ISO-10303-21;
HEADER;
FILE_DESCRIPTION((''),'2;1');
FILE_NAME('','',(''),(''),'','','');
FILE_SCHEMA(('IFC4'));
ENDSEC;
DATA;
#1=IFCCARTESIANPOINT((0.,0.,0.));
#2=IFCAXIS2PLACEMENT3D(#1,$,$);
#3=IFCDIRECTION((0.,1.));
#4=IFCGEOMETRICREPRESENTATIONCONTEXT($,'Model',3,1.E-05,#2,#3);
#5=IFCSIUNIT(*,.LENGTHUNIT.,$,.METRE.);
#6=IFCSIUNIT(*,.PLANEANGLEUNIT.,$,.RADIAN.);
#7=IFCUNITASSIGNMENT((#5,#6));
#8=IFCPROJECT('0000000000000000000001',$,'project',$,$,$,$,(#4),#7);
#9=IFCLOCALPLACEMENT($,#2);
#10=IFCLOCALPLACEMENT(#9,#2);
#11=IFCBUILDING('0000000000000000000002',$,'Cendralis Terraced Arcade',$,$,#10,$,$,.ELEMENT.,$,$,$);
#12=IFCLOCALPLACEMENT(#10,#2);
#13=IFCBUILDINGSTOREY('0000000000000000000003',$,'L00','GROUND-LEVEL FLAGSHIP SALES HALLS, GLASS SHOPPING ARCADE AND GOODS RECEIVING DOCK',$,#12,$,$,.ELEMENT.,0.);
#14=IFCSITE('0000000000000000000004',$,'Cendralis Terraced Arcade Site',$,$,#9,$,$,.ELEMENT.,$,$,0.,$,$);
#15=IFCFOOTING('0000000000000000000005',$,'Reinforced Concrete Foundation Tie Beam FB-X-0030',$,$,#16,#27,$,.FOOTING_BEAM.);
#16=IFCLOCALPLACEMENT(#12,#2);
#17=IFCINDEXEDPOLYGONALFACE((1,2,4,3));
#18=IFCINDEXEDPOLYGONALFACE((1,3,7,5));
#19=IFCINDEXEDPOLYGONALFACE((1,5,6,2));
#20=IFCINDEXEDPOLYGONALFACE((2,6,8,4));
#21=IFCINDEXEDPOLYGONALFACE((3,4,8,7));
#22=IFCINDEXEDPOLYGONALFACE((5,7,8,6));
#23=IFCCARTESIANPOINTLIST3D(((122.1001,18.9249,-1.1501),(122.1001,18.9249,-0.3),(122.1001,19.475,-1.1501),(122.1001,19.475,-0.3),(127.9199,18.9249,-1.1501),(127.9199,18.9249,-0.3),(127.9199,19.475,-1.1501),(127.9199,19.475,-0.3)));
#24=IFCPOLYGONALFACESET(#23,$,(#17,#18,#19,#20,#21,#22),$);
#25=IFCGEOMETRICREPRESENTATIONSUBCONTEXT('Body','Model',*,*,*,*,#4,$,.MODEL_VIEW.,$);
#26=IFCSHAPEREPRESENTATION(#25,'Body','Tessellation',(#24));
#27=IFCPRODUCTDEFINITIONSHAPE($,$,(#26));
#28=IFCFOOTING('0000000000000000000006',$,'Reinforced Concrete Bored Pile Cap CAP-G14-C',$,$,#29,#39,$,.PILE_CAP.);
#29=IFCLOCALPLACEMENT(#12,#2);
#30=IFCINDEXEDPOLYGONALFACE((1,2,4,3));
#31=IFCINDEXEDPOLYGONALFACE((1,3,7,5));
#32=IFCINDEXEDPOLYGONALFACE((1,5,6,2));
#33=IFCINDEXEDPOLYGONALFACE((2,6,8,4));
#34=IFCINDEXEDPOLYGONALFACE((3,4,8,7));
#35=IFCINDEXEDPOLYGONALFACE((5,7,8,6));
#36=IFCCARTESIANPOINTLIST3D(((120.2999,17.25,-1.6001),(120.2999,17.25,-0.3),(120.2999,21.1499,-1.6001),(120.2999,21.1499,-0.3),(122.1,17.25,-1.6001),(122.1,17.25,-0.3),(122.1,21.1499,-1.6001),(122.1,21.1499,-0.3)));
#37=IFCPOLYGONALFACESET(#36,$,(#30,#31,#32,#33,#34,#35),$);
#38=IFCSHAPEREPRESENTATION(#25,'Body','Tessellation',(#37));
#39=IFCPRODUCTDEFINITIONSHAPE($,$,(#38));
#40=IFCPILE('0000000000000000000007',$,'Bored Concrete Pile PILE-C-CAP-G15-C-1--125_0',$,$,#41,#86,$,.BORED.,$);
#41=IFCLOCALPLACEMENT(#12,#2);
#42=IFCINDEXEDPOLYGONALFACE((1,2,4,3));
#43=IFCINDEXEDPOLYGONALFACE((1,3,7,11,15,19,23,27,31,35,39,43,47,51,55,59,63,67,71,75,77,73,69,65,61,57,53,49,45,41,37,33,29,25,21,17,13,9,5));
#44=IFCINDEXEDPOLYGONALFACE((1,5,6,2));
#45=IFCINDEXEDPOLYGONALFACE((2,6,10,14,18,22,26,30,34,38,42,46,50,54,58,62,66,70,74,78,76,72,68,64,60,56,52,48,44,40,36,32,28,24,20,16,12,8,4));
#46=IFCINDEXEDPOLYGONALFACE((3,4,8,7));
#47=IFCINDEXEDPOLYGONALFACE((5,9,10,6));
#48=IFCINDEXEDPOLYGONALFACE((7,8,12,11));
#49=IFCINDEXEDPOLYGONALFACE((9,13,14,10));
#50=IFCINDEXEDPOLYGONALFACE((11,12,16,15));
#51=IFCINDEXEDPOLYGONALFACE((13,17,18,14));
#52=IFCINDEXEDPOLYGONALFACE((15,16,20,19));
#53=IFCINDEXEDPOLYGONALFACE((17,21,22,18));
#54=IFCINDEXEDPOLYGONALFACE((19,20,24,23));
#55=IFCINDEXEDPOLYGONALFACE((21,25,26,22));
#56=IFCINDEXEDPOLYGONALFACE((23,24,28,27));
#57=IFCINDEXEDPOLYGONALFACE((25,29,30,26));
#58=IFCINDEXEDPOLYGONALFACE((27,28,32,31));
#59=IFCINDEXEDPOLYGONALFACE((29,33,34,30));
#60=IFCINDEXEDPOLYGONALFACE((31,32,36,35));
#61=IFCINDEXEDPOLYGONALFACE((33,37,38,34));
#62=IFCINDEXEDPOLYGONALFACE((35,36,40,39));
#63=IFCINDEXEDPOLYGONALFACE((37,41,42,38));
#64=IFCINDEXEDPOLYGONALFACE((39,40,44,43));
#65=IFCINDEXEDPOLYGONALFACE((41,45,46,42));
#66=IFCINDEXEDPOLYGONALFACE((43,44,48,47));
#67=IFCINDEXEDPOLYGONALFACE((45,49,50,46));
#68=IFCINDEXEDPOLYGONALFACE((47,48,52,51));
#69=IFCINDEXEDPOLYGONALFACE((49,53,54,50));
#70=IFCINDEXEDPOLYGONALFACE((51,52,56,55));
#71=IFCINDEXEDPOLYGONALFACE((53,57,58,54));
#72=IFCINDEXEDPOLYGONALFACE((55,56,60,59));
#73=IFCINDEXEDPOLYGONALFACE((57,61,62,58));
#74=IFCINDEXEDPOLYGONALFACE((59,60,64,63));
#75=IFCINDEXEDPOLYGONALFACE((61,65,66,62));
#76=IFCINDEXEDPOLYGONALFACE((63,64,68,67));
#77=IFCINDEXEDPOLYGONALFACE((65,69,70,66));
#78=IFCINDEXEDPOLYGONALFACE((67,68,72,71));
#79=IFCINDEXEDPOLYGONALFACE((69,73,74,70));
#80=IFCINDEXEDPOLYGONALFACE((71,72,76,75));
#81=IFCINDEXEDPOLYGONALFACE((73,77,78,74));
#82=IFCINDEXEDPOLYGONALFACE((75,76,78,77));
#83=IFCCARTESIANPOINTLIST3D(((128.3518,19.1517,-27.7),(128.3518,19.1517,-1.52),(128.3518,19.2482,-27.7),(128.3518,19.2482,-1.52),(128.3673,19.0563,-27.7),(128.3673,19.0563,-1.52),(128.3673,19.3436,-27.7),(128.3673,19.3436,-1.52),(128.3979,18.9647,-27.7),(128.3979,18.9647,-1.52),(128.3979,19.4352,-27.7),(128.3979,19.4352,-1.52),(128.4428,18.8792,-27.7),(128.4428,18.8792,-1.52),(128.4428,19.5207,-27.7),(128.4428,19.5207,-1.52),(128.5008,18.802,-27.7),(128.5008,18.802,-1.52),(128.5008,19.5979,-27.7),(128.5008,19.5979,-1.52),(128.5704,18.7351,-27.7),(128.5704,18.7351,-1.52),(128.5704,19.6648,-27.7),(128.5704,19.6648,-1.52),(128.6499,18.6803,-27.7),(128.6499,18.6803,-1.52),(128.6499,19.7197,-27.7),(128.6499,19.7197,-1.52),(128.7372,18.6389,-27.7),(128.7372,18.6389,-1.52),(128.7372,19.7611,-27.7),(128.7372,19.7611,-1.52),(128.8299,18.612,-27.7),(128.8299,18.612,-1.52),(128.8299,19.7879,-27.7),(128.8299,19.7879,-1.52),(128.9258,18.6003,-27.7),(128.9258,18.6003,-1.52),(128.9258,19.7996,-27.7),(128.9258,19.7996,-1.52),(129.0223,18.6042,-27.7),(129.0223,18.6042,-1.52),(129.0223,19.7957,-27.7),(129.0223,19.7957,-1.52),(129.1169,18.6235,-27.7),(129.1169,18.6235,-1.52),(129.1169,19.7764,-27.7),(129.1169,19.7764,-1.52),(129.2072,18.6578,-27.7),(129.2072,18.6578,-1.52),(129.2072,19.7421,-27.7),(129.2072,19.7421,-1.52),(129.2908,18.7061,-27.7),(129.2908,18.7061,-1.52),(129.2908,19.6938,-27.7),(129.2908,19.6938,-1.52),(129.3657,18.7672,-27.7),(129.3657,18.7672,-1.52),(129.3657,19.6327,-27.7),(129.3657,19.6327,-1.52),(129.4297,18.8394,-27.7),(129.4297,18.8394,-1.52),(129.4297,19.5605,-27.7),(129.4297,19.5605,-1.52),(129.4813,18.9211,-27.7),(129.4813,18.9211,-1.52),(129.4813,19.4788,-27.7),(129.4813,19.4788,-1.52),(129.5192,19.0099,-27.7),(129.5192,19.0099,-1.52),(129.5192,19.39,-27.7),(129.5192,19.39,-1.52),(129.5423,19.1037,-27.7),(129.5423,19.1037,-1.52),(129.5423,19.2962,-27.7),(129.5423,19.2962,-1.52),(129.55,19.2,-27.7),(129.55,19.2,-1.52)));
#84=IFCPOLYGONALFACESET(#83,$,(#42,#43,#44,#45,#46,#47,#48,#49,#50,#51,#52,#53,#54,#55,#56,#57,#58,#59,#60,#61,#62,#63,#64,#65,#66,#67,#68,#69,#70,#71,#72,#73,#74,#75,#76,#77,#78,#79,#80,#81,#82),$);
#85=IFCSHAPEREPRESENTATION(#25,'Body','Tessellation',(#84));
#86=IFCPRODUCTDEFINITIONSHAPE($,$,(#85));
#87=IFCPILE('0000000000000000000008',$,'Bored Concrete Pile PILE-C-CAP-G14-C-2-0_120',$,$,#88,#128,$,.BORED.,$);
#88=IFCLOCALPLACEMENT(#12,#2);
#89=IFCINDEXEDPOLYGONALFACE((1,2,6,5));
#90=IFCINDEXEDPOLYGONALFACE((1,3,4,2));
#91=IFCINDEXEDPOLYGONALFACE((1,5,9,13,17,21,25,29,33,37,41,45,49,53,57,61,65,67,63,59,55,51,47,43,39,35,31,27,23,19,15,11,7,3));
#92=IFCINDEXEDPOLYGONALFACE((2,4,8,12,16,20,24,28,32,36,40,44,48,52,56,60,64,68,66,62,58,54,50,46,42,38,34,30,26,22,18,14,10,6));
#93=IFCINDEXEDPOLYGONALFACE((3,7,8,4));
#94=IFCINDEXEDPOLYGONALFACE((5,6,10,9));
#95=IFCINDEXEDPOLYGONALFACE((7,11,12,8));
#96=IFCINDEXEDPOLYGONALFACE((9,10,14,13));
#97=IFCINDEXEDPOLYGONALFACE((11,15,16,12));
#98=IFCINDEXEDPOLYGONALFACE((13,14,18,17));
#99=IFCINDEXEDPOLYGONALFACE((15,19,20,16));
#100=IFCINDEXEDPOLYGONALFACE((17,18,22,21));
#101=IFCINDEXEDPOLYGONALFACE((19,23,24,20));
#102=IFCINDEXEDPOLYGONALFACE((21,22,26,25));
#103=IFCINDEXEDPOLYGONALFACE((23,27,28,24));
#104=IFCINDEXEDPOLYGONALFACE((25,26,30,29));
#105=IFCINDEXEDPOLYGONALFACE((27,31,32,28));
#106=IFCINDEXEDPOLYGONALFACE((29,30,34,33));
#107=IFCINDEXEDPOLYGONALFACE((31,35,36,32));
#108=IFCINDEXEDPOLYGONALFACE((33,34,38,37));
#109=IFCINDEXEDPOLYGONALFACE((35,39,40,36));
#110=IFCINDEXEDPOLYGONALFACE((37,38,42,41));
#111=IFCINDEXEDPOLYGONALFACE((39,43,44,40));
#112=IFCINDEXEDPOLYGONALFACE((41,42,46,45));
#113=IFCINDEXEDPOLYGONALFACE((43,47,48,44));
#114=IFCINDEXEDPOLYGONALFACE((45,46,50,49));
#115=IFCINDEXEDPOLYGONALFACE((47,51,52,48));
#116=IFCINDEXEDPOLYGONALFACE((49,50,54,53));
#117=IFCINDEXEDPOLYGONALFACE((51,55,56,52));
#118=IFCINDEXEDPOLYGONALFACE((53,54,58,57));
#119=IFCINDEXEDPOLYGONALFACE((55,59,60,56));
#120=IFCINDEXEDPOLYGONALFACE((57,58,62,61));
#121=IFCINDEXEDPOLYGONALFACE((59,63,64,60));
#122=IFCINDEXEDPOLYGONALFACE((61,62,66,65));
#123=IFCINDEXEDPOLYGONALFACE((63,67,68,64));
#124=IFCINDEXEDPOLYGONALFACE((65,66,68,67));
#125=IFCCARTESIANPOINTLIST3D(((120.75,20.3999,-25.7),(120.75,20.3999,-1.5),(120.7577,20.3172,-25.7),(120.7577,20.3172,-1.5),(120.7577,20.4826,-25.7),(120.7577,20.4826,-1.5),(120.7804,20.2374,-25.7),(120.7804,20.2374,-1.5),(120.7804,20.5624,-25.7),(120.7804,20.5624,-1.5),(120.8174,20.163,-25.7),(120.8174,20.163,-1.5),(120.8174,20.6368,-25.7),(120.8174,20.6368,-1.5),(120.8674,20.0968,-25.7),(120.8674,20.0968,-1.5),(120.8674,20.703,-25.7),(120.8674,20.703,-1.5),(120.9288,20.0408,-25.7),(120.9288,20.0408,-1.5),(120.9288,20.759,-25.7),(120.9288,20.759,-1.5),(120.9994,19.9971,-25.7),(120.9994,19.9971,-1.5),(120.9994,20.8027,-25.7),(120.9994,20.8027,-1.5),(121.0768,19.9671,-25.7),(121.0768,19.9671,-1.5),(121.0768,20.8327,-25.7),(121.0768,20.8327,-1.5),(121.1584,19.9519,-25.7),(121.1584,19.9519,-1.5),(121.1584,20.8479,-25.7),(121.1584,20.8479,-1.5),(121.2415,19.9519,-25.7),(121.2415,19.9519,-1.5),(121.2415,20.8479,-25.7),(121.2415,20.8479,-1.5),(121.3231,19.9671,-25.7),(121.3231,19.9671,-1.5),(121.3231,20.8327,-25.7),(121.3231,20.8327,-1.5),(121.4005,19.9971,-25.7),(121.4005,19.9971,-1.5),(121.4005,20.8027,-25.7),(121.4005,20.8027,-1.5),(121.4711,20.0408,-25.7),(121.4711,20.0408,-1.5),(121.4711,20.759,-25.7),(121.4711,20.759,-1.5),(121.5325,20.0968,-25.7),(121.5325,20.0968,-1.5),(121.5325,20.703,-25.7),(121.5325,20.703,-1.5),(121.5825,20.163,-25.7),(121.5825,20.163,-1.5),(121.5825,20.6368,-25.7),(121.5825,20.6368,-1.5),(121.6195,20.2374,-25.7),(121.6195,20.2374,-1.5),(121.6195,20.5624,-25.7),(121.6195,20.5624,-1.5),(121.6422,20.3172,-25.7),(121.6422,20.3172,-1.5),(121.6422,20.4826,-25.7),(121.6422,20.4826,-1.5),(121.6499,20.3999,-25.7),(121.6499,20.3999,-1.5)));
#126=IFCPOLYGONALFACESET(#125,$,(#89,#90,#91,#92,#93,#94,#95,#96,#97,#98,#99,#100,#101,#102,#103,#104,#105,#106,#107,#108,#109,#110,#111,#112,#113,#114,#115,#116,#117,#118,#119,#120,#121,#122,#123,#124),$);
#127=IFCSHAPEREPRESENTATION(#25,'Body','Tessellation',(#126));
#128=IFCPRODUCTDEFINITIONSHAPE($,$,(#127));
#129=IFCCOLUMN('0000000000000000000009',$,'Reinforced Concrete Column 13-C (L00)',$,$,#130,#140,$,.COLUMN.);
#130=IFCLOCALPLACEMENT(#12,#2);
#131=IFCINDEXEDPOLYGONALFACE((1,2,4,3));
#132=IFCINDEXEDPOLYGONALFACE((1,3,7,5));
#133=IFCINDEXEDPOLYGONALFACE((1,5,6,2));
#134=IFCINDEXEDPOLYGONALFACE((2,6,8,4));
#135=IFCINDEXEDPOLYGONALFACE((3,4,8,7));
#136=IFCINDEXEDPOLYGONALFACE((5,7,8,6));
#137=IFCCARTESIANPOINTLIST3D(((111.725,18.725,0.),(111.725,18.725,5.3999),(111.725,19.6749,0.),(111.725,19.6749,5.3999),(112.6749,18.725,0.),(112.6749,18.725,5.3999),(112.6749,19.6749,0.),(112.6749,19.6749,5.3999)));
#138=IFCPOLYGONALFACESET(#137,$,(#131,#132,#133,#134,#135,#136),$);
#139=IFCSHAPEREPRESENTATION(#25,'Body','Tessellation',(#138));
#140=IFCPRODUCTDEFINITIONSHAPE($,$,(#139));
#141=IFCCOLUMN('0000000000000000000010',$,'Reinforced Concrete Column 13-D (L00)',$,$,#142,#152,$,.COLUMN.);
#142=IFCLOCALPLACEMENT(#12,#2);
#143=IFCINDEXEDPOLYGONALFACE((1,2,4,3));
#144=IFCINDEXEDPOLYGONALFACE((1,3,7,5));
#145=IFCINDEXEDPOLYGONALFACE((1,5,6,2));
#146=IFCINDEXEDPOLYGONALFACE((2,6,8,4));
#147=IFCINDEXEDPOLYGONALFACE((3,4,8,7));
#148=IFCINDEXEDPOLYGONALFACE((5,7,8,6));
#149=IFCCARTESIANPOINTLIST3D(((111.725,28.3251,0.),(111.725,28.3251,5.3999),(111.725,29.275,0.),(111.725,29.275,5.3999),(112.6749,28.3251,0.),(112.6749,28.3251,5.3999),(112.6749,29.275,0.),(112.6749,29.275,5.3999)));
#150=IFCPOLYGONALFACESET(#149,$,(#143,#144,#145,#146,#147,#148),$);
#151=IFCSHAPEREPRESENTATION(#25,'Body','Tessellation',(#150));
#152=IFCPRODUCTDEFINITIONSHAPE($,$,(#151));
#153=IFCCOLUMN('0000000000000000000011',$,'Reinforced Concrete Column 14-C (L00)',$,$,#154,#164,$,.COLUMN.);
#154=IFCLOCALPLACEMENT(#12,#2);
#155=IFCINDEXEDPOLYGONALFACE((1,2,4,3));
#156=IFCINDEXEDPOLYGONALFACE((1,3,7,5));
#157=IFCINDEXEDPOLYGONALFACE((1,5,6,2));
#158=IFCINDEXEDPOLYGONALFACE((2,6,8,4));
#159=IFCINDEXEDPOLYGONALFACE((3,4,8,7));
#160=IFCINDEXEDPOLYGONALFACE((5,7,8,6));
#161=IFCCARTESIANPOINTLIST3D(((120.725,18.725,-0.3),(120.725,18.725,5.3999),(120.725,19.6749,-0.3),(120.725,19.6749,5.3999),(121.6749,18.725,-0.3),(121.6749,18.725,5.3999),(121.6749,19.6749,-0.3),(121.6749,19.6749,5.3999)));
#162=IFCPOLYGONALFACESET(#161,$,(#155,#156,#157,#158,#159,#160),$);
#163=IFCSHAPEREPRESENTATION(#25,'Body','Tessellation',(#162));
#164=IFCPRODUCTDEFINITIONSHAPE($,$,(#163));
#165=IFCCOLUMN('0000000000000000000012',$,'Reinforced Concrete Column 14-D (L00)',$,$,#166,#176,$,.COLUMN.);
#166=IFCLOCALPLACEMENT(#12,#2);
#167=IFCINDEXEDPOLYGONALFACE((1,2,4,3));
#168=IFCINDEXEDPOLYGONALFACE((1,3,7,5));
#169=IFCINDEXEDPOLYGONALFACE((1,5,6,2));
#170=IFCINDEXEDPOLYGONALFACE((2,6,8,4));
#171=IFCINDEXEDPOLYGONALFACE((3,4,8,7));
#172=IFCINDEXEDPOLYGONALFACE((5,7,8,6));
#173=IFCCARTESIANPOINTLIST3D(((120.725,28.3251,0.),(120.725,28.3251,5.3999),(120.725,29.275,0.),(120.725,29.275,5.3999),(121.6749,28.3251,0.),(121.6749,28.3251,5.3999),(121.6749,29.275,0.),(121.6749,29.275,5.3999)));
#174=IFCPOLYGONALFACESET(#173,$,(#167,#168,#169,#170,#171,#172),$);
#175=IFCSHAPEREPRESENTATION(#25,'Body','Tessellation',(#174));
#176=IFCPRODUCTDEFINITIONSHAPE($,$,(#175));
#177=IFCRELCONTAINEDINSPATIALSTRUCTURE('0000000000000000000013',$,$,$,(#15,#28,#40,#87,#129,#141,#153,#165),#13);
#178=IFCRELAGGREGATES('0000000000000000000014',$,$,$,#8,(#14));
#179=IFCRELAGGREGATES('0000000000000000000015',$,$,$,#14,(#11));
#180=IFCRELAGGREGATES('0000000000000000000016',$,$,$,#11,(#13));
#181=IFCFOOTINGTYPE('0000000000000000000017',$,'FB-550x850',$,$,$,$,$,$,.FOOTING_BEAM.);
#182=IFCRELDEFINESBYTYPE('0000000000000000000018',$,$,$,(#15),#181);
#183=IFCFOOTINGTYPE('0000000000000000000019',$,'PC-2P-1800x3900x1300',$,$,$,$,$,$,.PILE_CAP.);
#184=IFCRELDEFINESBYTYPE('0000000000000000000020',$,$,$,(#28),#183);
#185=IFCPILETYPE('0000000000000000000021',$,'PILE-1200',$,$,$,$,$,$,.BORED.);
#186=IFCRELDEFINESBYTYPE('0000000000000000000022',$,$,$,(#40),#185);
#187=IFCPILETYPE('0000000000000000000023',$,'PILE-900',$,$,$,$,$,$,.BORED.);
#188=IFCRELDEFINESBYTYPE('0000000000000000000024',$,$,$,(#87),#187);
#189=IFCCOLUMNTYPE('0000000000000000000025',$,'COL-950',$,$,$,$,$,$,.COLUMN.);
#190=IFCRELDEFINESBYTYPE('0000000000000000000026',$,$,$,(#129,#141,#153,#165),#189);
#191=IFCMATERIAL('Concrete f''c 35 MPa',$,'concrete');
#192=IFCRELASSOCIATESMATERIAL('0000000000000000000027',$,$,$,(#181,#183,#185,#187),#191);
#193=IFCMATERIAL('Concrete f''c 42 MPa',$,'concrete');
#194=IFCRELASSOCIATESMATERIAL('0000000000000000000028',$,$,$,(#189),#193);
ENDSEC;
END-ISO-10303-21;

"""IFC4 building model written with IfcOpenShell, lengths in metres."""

from ifc_helpers import new_model, si_unit, direction, frame, origin, origin_2d, place, context, subcontext, project, spatial, rectangle, circle, extrude, material, material_profile, profile_set, type_object, element, save


model = new_model("IFC4")

# Units and contexts
model_context = context("Model", 3, precision=1e-05, world=origin(), true_north=direction((0.0, 1.0)))
body_context = subcontext(model_context, "Body", "Model", "MODEL_VIEW")
ifc_project = project(units=[si_unit("LENGTHUNIT", "METRE"), si_unit("PLANEANGLEUNIT", "RADIAN")], contexts=[model_context])

# Site, building, storey
site_placement = place(None, origin())
site = spatial("IfcSite", under=ifc_project, at=site_placement, Name="Cendralis Terraced Arcade Site", CompositionType="ELEMENT", RefElevation=0.0)
building_placement = place(site_placement, origin())
building = spatial("IfcBuilding", under=site, at=building_placement, Name="Cendralis Terraced Arcade", CompositionType="ELEMENT")
storey_placement = place(building_placement, origin())
storey = spatial("IfcBuildingStorey", under=building, at=storey_placement, Name="L00", Description="GROUND-LEVEL FLAGSHIP SALES HALLS, GLASS SHOPPING ARCADE AND GOODS RECEIVING DOCK", CompositionType="ELEMENT", Elevation=0.0)

# Footings
ifc_material_1 = material(Name="Concrete f'c 35 MPa", Category="concrete")
ifc_material_profile_1 = material_profile(ifc_material_1, rectangle(XDim=0.55, YDim=0.8501, at=origin_2d()), Name="FB-550x850", Category="LoadBearing")
ifc_profile_set_1 = profile_set([ifc_material_profile_1], Name="Concrete f'c 35 MPa")
footing_type_1 = type_object("IfcFootingType", Name="FB-550x850", PredefinedType="FOOTING_BEAM", material=ifc_profile_set_1)
footing_1_placement = place(storey_placement, frame((122.1001, 19.2, -0.7251), z_axis=(1.0, 0.0, 0.0), x_axis=(0.0, 1.0, 0.0)))
element("IfcFooting", 1, at=footing_1_placement, inside=storey, type_object=footing_type_1, Name="Reinforced Concrete Foundation Tie Beam FB-X-0030", PredefinedType="FOOTING_BEAM", context=body_context, shape_type="SweptSolid", body=[
    extrude(rectangle(XDim=0.55, YDim=0.8501, at=origin_2d()), origin(), (0.0, 0.0, 1.0), 5.8198),
])
footing_type_2 = type_object("IfcFootingType", Name="PC-2P-1800x3900x1300", PredefinedType="PILE_CAP", material=ifc_material_1)
footing_2_placement = place(storey_placement, frame((121.2, 19.2, -1.6001), z_axis=(0.0, 0.0, 1.0), x_axis=(1.0, 0.0, 0.0)))
element("IfcFooting", 2, at=footing_2_placement, inside=storey, type_object=footing_type_2, Name="Reinforced Concrete Bored Pile Cap CAP-G14-C", PredefinedType="PILE_CAP", context=body_context, shape_type="SweptSolid", body=[
    extrude(rectangle(XDim=1.8, YDim=3.8999, at=origin_2d()), origin(), (0.0, 0.0, 1.0), 1.3),
])

# Piles
ifc_material_profile_2 = material_profile(ifc_material_1, circle(Radius=0.6001, at=origin_2d()), Name="PILE-D1200", Category="LoadBearing")
ifc_profile_set_2 = profile_set([ifc_material_profile_2], Name="Concrete f'c 35 MPa")
pile_type_1 = type_object("IfcPileType", Name="PILE-1200", PredefinedType="BORED", material=ifc_profile_set_2)
pile_1_placement = place(storey_placement, frame((128.95, 19.2, -1.52), z_axis=(0.0, 0.0, -1.0), x_axis=(1.0, 0.0, 0.0)))
element("IfcPile", 3, at=pile_1_placement, inside=storey, type_object=pile_type_1, Name="Bored Concrete Pile PILE-C-CAP-G15-C-1--125_0", PredefinedType="BORED", context=body_context, shape_type="SweptSolid", body=[
    extrude(circle(Radius=0.6001, at=origin_2d()), origin(), (0.0, 0.0, 1.0), 26.1799),
])
ifc_material_profile_3 = material_profile(ifc_material_1, circle(Radius=0.45, at=origin_2d()), Name="PILE-D900", Category="LoadBearing")
ifc_profile_set_3 = profile_set([ifc_material_profile_3], Name="Concrete f'c 35 MPa")
pile_type_2 = type_object("IfcPileType", Name="PILE-900", PredefinedType="BORED", material=ifc_profile_set_3)
pile_2_placement = place(storey_placement, frame((121.2, 20.3999, -1.5), z_axis=(0.0, 0.0, -1.0), x_axis=(1.0, 0.0, 0.0)))
element("IfcPile", 4, at=pile_2_placement, inside=storey, type_object=pile_type_2, Name="Bored Concrete Pile PILE-C-CAP-G14-C-2-0_120", PredefinedType="BORED", context=body_context, shape_type="SweptSolid", body=[
    extrude(circle(Radius=0.45, at=origin_2d()), origin(), (0.0, 0.0, 1.0), 24.2),
])

# Columns
ifc_material_2 = material(Name="Concrete f'c 42 MPa", Category="concrete")
ifc_material_profile_4 = material_profile(ifc_material_2, rectangle(XDim=0.95, YDim=0.95, at=origin_2d()), Name="RC-COL-950x950", Category="LoadBearing")
ifc_profile_set_4 = profile_set([ifc_material_profile_4], Name="Concrete f'c 42 MPa")
column_type_1 = type_object("IfcColumnType", Name="COL-950", PredefinedType="COLUMN", material=ifc_profile_set_4)
for number, where, z_axis, x_axis, name in (
    (5, (112.2, 19.2, 0.0), (0.0, 0.0, 1.0), (1.0, 0.0, 0.0), "Reinforced Concrete Column 13-C (L00)"),
    (6, (112.2, 28.8, 0.0), (0.0, 0.0, 1.0), (1.0, 0.0, 0.0), "Reinforced Concrete Column 13-D (L00)"),
):
    element("IfcColumn", number, at=place(storey_placement, frame(where, z_axis=z_axis, x_axis=x_axis)), inside=storey, type_object=column_type_1, Name=name, PredefinedType="COLUMN", context=body_context, shape_type="SweptSolid", body=[
        extrude(rectangle(XDim=0.95, YDim=0.95, at=origin_2d()), origin(), (0.0, 0.0, 1.0), 5.3999),
    ])
column_1_placement = place(storey_placement, frame((121.2, 19.2, -0.3), z_axis=(0.0, 0.0, 1.0), x_axis=(1.0, 0.0, 0.0)))
element("IfcColumn", 7, at=column_1_placement, inside=storey, type_object=column_type_1, Name="Reinforced Concrete Column 14-C (L00)", PredefinedType="COLUMN", context=body_context, shape_type="SweptSolid", body=[
    extrude(rectangle(XDim=0.95, YDim=0.95, at=origin_2d()), origin(), (0.0, 0.0, 1.0), 5.7),
])
column_2_placement = place(storey_placement, frame((121.2, 28.8, 0.0), z_axis=(0.0, 0.0, 1.0), x_axis=(1.0, 0.0, 0.0)))
element("IfcColumn", 8, at=column_2_placement, inside=storey, type_object=column_type_1, Name="Reinforced Concrete Column 14-D (L00)", PredefinedType="COLUMN", context=body_context, shape_type="SweptSolid", body=[
    extrude(rectangle(XDim=0.95, YDim=0.95, at=origin_2d()), origin(), (0.0, 0.0, 1.0), 5.3999),
])

save(model, "model.ifc")
